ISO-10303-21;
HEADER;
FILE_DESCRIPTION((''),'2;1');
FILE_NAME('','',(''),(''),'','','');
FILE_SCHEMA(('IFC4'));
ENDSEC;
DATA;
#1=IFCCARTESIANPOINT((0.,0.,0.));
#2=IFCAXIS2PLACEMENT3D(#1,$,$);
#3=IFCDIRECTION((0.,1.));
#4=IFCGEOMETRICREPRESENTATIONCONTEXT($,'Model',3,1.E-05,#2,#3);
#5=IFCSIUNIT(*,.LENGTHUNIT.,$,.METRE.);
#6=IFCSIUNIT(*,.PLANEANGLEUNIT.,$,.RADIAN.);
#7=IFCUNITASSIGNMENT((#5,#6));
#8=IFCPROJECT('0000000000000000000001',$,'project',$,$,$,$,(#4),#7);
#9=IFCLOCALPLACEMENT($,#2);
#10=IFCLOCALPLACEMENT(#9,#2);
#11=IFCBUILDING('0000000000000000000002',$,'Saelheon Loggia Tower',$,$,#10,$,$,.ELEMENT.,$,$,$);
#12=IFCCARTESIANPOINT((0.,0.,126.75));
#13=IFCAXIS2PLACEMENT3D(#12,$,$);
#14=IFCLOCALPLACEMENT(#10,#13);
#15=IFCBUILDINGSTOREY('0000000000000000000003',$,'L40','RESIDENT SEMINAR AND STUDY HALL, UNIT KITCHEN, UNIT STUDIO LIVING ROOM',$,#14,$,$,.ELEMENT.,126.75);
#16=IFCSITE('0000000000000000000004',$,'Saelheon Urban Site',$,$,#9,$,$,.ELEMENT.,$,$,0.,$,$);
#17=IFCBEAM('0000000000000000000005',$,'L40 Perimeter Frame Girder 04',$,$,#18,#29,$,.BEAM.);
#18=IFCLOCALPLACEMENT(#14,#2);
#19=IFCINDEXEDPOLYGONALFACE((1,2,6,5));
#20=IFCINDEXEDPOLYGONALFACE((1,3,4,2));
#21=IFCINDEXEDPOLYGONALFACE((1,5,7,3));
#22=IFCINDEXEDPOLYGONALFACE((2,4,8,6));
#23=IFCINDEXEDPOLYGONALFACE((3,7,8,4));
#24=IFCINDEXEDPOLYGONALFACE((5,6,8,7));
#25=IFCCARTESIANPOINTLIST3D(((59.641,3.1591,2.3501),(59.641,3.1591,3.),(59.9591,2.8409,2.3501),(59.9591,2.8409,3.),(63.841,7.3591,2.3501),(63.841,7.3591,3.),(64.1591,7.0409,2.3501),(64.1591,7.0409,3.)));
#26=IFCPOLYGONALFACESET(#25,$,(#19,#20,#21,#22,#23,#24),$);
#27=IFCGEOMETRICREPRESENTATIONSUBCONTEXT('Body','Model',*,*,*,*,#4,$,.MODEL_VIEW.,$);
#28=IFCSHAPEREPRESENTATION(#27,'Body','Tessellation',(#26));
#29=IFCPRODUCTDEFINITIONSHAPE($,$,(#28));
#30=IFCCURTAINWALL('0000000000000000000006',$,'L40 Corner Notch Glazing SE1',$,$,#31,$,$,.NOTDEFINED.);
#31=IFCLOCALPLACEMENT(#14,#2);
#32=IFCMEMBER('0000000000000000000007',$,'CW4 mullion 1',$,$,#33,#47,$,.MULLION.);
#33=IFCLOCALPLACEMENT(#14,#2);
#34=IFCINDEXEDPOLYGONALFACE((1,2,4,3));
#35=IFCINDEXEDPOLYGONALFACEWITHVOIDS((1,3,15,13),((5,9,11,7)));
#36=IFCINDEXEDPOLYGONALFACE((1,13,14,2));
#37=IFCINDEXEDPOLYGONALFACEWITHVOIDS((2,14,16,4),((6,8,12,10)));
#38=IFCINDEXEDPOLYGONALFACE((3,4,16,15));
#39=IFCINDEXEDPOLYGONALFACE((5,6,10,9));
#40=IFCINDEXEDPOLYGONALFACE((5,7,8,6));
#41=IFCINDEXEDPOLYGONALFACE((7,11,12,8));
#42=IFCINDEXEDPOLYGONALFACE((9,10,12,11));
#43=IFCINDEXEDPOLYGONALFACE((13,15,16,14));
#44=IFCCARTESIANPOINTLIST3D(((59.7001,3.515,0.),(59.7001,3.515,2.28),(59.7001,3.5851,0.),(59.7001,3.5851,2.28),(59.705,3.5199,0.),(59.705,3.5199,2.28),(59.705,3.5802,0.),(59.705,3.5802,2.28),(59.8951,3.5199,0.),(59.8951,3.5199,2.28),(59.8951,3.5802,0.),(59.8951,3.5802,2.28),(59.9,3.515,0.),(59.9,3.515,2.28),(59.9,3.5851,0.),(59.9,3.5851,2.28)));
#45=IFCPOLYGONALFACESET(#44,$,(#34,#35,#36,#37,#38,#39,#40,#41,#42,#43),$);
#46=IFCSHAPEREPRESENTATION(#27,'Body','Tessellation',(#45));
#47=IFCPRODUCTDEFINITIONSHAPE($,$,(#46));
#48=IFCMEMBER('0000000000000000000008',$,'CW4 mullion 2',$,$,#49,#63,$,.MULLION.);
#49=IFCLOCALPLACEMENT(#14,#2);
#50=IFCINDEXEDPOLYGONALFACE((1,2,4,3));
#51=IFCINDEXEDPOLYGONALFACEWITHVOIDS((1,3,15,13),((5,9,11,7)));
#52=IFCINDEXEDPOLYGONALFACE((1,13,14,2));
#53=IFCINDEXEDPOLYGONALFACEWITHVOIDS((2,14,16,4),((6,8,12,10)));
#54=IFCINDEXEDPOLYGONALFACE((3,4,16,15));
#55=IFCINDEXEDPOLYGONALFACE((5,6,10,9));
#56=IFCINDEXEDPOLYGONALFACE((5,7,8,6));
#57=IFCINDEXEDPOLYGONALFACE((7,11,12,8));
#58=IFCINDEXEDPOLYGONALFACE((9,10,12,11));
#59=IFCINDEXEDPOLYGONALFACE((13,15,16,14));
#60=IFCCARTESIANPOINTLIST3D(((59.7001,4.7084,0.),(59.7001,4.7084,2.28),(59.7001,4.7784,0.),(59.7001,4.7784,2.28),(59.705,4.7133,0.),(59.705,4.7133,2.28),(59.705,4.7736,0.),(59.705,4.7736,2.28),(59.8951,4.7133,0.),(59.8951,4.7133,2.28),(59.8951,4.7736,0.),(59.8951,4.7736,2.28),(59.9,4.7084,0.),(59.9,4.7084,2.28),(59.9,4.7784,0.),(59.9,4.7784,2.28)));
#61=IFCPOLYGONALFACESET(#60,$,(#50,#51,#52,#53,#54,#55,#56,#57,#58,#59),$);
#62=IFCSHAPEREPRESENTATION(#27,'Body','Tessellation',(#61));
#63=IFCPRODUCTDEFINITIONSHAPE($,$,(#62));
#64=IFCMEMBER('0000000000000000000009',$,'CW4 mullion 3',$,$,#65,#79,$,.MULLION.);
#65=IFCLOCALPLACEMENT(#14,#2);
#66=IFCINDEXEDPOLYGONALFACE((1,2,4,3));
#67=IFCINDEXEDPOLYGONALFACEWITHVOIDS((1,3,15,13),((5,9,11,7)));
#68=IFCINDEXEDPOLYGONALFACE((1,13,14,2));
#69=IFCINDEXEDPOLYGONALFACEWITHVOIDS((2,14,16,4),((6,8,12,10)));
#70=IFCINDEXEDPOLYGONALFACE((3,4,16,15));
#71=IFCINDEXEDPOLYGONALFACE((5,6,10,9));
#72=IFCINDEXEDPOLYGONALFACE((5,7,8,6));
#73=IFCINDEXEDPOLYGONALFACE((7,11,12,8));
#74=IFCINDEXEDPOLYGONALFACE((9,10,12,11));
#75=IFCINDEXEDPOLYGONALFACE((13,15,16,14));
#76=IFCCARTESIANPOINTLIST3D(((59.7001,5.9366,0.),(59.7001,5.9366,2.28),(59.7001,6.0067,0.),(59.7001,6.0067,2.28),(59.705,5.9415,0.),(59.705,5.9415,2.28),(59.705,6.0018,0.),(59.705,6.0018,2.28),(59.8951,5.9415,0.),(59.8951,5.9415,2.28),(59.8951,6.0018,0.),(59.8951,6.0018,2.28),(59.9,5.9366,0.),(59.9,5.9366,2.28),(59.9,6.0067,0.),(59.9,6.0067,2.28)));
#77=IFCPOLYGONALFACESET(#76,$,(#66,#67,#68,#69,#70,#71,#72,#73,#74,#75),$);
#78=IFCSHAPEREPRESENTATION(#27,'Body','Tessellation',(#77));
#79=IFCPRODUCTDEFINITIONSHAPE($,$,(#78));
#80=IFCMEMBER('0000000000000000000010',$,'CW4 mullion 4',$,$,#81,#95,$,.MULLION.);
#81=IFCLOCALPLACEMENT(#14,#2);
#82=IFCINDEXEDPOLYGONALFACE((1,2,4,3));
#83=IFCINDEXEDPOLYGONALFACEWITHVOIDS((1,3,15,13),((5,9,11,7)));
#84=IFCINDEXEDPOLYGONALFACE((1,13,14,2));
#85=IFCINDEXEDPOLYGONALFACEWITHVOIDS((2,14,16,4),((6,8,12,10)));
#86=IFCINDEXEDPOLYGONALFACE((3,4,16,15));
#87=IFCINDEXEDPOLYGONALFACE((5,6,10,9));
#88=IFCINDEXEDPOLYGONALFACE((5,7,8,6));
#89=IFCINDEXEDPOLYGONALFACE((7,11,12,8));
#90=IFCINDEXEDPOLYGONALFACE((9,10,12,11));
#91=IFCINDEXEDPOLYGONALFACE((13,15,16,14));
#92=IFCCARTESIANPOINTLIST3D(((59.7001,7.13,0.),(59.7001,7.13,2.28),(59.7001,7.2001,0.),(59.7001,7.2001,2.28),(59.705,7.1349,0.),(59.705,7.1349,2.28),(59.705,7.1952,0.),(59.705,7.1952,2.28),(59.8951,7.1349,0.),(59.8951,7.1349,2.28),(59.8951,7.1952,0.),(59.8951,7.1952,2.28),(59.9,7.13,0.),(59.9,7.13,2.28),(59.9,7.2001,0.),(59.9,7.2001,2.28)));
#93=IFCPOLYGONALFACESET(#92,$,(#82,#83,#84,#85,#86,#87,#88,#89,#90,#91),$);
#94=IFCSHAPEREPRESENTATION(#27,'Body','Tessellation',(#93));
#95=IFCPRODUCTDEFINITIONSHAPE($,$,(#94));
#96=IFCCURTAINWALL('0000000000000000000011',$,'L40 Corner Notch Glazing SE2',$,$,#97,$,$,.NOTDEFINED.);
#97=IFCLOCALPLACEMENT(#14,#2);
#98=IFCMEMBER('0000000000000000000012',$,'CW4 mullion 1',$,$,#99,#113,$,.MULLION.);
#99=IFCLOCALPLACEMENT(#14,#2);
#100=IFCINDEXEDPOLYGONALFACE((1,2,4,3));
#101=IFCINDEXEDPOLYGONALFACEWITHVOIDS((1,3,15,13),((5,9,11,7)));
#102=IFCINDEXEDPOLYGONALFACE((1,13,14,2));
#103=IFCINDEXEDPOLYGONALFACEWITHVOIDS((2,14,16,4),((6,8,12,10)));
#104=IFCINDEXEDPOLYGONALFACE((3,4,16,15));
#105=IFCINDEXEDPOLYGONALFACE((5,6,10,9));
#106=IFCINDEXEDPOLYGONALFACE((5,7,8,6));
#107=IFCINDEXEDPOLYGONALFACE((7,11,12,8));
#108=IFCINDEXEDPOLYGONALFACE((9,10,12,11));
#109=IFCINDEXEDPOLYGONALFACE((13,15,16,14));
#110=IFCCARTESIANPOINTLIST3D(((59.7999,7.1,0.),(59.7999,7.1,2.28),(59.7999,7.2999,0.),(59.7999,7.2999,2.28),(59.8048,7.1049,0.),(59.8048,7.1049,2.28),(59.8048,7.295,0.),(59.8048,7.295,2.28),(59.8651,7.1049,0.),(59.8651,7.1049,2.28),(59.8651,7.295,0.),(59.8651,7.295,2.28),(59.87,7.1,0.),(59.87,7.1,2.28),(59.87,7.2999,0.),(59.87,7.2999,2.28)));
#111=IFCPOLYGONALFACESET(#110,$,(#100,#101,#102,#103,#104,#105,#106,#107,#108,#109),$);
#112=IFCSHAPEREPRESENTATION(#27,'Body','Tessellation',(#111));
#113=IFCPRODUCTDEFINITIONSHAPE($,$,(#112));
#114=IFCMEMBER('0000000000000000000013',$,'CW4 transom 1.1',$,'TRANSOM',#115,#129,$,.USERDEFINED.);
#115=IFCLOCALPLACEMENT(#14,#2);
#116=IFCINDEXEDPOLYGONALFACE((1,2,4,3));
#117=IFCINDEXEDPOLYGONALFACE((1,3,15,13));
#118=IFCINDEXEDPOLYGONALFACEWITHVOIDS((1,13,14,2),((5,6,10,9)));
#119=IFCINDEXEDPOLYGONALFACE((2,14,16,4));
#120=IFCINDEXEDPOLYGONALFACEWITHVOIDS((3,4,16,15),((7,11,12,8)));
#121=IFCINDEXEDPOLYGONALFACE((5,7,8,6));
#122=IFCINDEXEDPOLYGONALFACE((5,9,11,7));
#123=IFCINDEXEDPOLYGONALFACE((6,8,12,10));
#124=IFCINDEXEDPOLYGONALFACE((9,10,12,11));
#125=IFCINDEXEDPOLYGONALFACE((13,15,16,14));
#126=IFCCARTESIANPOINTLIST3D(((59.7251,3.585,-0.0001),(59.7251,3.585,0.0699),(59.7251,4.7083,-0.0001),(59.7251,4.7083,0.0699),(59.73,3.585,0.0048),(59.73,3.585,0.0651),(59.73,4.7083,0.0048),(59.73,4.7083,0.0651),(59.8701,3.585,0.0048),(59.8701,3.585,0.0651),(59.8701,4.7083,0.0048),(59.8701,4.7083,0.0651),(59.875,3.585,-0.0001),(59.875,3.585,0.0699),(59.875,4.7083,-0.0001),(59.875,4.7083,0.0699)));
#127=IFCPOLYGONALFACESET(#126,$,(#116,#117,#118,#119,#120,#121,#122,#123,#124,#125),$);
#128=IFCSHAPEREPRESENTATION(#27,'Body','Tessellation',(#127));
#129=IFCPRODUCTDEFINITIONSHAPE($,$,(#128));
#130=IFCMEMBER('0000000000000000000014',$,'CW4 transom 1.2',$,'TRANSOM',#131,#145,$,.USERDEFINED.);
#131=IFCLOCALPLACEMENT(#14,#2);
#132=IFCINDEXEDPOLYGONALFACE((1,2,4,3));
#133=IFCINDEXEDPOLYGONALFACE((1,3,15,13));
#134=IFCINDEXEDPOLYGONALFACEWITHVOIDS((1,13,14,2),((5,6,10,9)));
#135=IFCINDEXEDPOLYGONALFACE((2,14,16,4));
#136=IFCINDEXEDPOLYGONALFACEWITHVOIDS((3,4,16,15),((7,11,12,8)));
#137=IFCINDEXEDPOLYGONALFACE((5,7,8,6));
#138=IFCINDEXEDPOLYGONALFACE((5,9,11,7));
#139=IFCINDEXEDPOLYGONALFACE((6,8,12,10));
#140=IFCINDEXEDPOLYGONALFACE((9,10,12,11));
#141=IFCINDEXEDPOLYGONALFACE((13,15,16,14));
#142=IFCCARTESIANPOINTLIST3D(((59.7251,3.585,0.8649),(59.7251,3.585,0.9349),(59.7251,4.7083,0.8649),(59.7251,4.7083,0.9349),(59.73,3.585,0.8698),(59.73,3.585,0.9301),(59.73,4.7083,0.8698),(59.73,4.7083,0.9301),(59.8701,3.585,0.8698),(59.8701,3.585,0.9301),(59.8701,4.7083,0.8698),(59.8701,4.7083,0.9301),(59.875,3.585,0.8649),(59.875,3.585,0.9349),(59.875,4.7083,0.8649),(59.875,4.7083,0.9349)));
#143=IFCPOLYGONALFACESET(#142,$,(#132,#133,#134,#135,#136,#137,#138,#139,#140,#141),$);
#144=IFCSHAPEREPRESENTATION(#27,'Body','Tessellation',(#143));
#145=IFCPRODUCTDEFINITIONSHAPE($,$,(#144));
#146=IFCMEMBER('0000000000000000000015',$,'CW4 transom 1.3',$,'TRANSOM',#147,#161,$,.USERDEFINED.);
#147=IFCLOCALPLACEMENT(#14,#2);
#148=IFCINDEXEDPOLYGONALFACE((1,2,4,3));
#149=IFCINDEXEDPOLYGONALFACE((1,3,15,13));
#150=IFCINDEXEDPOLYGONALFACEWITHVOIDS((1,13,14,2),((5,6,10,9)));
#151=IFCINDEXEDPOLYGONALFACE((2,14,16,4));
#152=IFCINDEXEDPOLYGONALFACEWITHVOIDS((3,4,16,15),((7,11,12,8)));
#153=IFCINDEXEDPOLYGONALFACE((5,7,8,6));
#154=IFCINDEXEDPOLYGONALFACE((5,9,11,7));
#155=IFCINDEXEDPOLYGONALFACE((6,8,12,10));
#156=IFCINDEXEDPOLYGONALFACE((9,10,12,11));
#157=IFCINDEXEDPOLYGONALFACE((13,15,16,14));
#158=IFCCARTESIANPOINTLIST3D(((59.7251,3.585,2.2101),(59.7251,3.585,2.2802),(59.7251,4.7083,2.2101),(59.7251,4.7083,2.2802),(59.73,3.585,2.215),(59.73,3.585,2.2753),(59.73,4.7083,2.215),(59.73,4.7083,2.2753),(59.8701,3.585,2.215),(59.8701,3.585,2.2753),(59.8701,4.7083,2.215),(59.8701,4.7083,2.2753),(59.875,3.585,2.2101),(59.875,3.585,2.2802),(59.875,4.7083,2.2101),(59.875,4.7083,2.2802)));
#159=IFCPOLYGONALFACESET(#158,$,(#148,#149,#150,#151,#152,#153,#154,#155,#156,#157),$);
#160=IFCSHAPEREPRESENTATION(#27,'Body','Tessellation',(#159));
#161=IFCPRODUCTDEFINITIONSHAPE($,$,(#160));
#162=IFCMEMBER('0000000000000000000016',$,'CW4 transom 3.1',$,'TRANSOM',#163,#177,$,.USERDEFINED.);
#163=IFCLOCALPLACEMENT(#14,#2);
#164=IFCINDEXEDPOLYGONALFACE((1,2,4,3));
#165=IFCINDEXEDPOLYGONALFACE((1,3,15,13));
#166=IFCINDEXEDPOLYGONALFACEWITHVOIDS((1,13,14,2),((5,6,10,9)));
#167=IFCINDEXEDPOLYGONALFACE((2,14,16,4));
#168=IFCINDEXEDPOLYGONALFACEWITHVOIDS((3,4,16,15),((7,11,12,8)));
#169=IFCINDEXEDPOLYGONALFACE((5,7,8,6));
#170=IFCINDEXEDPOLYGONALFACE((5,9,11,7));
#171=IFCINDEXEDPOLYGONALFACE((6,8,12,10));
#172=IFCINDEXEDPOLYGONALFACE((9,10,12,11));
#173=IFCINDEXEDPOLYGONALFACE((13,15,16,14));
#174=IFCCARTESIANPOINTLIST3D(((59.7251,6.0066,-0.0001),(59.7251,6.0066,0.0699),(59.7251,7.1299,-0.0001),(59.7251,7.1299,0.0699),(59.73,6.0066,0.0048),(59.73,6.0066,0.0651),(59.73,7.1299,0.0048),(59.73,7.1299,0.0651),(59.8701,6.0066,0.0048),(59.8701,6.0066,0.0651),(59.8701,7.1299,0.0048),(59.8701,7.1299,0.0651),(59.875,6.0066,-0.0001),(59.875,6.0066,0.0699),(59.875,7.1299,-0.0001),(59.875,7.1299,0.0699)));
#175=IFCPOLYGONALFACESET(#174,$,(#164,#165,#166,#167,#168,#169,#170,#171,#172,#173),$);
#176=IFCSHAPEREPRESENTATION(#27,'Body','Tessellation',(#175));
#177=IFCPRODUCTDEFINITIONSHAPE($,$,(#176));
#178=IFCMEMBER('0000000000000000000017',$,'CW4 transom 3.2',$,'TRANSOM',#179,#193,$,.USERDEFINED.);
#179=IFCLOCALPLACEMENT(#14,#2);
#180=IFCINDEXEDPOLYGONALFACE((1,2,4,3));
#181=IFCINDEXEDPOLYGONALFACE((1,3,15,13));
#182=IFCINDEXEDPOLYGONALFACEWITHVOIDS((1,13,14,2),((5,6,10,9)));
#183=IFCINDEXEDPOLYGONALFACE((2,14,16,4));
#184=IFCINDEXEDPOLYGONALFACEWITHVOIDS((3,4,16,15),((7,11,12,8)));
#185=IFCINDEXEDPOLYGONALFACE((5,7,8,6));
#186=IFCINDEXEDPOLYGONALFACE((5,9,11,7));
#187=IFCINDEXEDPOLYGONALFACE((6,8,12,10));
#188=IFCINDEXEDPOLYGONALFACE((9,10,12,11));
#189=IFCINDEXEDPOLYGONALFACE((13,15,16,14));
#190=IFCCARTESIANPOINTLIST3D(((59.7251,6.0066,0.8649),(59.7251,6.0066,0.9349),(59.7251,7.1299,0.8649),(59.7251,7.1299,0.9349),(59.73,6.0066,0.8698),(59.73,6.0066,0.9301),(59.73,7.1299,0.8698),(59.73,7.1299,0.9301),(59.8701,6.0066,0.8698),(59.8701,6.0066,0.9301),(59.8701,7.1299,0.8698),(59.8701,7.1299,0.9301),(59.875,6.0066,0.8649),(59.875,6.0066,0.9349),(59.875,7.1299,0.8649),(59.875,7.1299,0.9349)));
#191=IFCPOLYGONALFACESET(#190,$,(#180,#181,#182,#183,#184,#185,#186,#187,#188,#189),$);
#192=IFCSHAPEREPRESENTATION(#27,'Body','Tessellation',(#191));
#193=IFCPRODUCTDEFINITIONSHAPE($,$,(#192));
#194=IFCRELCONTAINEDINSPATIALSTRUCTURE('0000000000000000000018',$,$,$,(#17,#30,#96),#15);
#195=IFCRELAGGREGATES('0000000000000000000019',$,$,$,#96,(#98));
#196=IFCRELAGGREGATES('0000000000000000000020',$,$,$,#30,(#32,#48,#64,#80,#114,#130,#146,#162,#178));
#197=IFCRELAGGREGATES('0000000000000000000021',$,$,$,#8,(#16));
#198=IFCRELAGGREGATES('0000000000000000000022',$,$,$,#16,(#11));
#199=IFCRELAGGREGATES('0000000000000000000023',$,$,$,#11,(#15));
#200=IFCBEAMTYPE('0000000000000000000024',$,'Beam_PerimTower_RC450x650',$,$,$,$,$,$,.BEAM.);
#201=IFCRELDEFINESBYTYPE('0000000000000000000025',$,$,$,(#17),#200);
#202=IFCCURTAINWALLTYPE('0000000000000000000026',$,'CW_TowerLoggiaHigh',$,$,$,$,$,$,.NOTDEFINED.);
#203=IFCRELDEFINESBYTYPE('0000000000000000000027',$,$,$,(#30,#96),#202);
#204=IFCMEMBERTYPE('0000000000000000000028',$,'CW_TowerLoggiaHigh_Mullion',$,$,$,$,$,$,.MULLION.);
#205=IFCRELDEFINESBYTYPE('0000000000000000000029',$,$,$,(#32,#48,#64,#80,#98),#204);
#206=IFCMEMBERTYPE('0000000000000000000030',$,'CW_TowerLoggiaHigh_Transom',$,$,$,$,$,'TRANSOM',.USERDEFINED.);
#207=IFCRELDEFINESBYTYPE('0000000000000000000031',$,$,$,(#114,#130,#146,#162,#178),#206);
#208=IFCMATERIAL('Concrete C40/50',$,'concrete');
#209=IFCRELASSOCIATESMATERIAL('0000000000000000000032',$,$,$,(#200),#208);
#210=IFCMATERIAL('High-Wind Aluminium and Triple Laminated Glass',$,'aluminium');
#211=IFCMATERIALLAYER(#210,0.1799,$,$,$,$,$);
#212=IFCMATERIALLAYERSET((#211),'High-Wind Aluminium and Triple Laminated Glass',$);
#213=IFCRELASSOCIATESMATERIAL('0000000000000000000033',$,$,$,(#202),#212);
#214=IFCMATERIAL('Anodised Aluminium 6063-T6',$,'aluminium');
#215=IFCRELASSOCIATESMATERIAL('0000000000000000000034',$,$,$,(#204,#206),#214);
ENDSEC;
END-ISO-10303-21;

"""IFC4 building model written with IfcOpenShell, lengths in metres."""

from ifc_helpers import new_model, si_unit, direction, frame, origin, origin_2d, place, context, subcontext, project, spatial, rectangle, hollow_rectangle, extrude, source, transform, mapped, material, layer, layer_set, material_profile, profile_set, type_object, element, aggregate, save


model = new_model("IFC4")

# Units and contexts
model_context = context("Model", 3, precision=1e-05, world=origin(), true_north=direction((0.0, 1.0)))
body_context = subcontext(model_context, "Body", "Model", "MODEL_VIEW")
ifc_project = project(units=[si_unit("LENGTHUNIT", "METRE"), si_unit("PLANEANGLEUNIT", "RADIAN")], contexts=[model_context])

# Site, building, storey
site_placement = place(None, origin())
site = spatial("IfcSite", under=ifc_project, at=site_placement, Name="Saelheon Urban Site", CompositionType="ELEMENT", RefElevation=0.0)
building_placement = place(site_placement, origin())
building = spatial("IfcBuilding", under=site, at=building_placement, Name="Saelheon Loggia Tower", CompositionType="ELEMENT")
storey_placement = place(building_placement, frame((0.0, 0.0, 126.75)))
storey = spatial("IfcBuildingStorey", under=building, at=storey_placement, Name="L40", Description="RESIDENT SEMINAR AND STUDY HALL, UNIT KITCHEN, UNIT STUDIO LIVING ROOM", CompositionType="ELEMENT", Elevation=126.75)

# Beam
ifc_material_1 = material(Name="Concrete C40/50", Category="concrete")
ifc_material_profile_1 = material_profile(ifc_material_1, rectangle(XDim=0.45, YDim=0.6499, at=origin_2d()), Name="RC-450x650")
ifc_profile_set_1 = profile_set([ifc_material_profile_1], Name="Concrete C40/50")
beam_type = type_object("IfcBeamType", Name="Beam_PerimTower_RC450x650", PredefinedType="BEAM", material=ifc_profile_set_1)
shared_shape_1 = source(origin(), body_context, "Body", "SweptSolid", [
    extrude(rectangle(XDim=0.45, YDim=0.6499, at=origin_2d()), origin(), (0.0, 0.0, 1.0), 5.9397),
])
beam_placement = place(storey_placement, frame((59.8, 3.0, 2.675), z_axis=(0.707107, 0.707107, 0.0), x_axis=(-0.707107, 0.707107, 0.0)))
element("IfcBeam", 1, at=beam_placement, inside=storey, type_object=beam_type, Name="L40 Perimeter Frame Girder 04", PredefinedType="BEAM", context=body_context, shape_type="MappedRepresentation", body=[
    mapped(shared_shape_1, transform((0.0, 0.0, 0.0), scale=1.0)),
])

# Curtain wall, members
ifc_material_2 = material(Name="High-Wind Aluminium and Triple Laminated Glass", Category="aluminium")
ifc_layer_1 = layer(ifc_material_2, 0.1799)
ifc_layer_set_1 = layer_set([ifc_layer_1], Name="High-Wind Aluminium and Triple Laminated Glass")
curtain_wall_type = type_object("IfcCurtainWallType", Name="CW_TowerLoggiaHigh", PredefinedType="NOTDEFINED", material=ifc_layer_set_1)
curtain_wall_1_placement = place(storey_placement, origin())
curtain_wall_1 = element("IfcCurtainWall", 2, at=curtain_wall_1_placement, inside=storey, type_object=curtain_wall_type, Name="L40 Corner Notch Glazing SE1", PredefinedType="NOTDEFINED")
ifc_material_3 = material(Name="Anodised Aluminium 6063-T6", Category="aluminium")
ifc_material_profile_2 = material_profile(ifc_material_3, hollow_rectangle(XDim=0.0701, YDim=0.2, WallThickness=0.0049, at=origin_2d()), Name="RHS-200x70x5")
ifc_profile_set_2 = profile_set([ifc_material_profile_2], Name="Anodised Aluminium 6063-T6")
member_type_1 = type_object("IfcMemberType", Name="CW_TowerLoggiaHigh_Mullion", PredefinedType="MULLION", material=ifc_profile_set_2)
shared_shape_2 = source(origin(), body_context, "Body", "SweptSolid", [
    extrude(hollow_rectangle(XDim=0.0701, YDim=0.2, WallThickness=0.0049, at=origin_2d()), origin(), (0.0, 0.0, 1.0), 2.28),
])
member_1_placement = place(storey_placement, frame((59.8, 3.55, 0.0), z_axis=(0.0, 0.0, 1.0), x_axis=(0.0, 1.0, 0.0)))
member_1 = element("IfcMember", 3, at=member_1_placement, type_object=member_type_1, Name="CW4 mullion 1", PredefinedType="MULLION", context=body_context, shape_type="MappedRepresentation", body=[
    mapped(shared_shape_2, transform((0.0, 0.0, 0.0), scale=1.0)),
])
member_2_placement = place(storey_placement, frame((59.8, 4.7434, 0.0), z_axis=(0.0, 0.0, 1.0), x_axis=(0.0, 1.0, 0.0)))
member_2 = element("IfcMember", 4, at=member_2_placement, type_object=member_type_1, Name="CW4 mullion 2", PredefinedType="MULLION", context=body_context, shape_type="MappedRepresentation", body=[
    mapped(shared_shape_2, transform((0.0, 0.0, 0.0), scale=1.0)),
])
member_3_placement = place(storey_placement, frame((59.8, 5.9717, 0.0), z_axis=(0.0, 0.0, 1.0), x_axis=(0.0, 1.0, 0.0)))
member_3 = element("IfcMember", 5, at=member_3_placement, type_object=member_type_1, Name="CW4 mullion 3", PredefinedType="MULLION", context=body_context, shape_type="MappedRepresentation", body=[
    mapped(shared_shape_2, transform((0.0, 0.0, 0.0), scale=1.0)),
])
member_4_placement = place(storey_placement, frame((59.8, 7.165, 0.0), z_axis=(0.0, 0.0, 1.0), x_axis=(0.0, 1.0, 0.0)))
member_4 = element("IfcMember", 6, at=member_4_placement, type_object=member_type_1, Name="CW4 mullion 4", PredefinedType="MULLION", context=body_context, shape_type="MappedRepresentation", body=[
    mapped(shared_shape_2, transform((0.0, 0.0, 0.0), scale=1.0)),
])

# Curtain wall, member
curtain_wall_2_placement = place(storey_placement, origin())
curtain_wall_2 = element("IfcCurtainWall", 7, at=curtain_wall_2_placement, inside=storey, type_object=curtain_wall_type, Name="L40 Corner Notch Glazing SE2", PredefinedType="NOTDEFINED")
member_5_placement = place(storey_placement, frame((59.835, 7.2, 0.0), z_axis=(0.0, 0.0, 1.0), x_axis=(1.0, 0.0, 0.0)))
member_5 = element("IfcMember", 8, at=member_5_placement, type_object=member_type_1, Name="CW4 mullion 1", PredefinedType="MULLION", context=body_context, shape_type="MappedRepresentation", body=[
    mapped(shared_shape_2, transform((0.0, 0.0, 0.0), scale=1.0)),
])

# Members
ifc_material_profile_3 = material_profile(ifc_material_3, hollow_rectangle(XDim=0.0701, YDim=0.1499, WallThickness=0.0049, at=origin_2d()), Name="RHS-150x70x5")
ifc_profile_set_3 = profile_set([ifc_material_profile_3], Name="Anodised Aluminium 6063-T6")
member_type_2 = type_object("IfcMemberType", Name="CW_TowerLoggiaHigh_Transom", ElementType="TRANSOM", PredefinedType="USERDEFINED", material=ifc_profile_set_3)
shared_shape_3 = source(origin(), body_context, "Body", "SweptSolid", [
    extrude(hollow_rectangle(XDim=0.0701, YDim=0.1499, WallThickness=0.0049, at=origin_2d()), origin(), (0.0, 0.0, 1.0), 1.1233),
])
member_6_placement = place(storey_placement, frame((59.8, 3.585, 0.0349), z_axis=(0.0, 1.0, 0.0), x_axis=(0.0, 0.0, 1.0)))
member_6 = element("IfcMember", 9, at=member_6_placement, type_object=member_type_2, Name="CW4 transom 1.1", ObjectType="TRANSOM", PredefinedType="USERDEFINED", context=body_context, shape_type="MappedRepresentation", body=[
    mapped(shared_shape_3, transform((0.0, 0.0, 0.0), scale=1.0)),
])
member_7_placement = place(storey_placement, frame((59.8, 3.585, 0.8999), z_axis=(0.0, 1.0, 0.0), x_axis=(0.0, 0.0, 1.0)))
member_7 = element("IfcMember", 10, at=member_7_placement, type_object=member_type_2, Name="CW4 transom 1.2", ObjectType="TRANSOM", PredefinedType="USERDEFINED", context=body_context, shape_type="MappedRepresentation", body=[
    mapped(shared_shape_3, transform((0.0, 0.0, 0.0), scale=1.0)),
])
member_8_placement = place(storey_placement, frame((59.8, 3.585, 2.2451), z_axis=(0.0, 1.0, 0.0), x_axis=(0.0, 0.0, 1.0)))
member_8 = element("IfcMember", 11, at=member_8_placement, type_object=member_type_2, Name="CW4 transom 1.3", ObjectType="TRANSOM", PredefinedType="USERDEFINED", context=body_context, shape_type="MappedRepresentation", body=[
    mapped(shared_shape_3, transform((0.0, 0.0, 0.0), scale=1.0)),
])
member_9_placement = place(storey_placement, frame((59.8, 6.0066, 0.0349), z_axis=(0.0, 1.0, 0.0), x_axis=(0.0, 0.0, 1.0)))
member_9 = element("IfcMember", 12, at=member_9_placement, type_object=member_type_2, Name="CW4 transom 3.1", ObjectType="TRANSOM", PredefinedType="USERDEFINED", context=body_context, shape_type="MappedRepresentation", body=[
    mapped(shared_shape_3, transform((0.0, 0.0, 0.0), scale=1.0)),
])
member_10_placement = place(storey_placement, frame((59.8, 6.0066, 0.8999), z_axis=(0.0, 1.0, 0.0), x_axis=(0.0, 0.0, 1.0)))
member_10 = element("IfcMember", 13, at=member_10_placement, type_object=member_type_2, Name="CW4 transom 3.2", ObjectType="TRANSOM", PredefinedType="USERDEFINED", context=body_context, shape_type="MappedRepresentation", body=[
    mapped(shared_shape_3, transform((0.0, 0.0, 0.0), scale=1.0)),
])
aggregate(curtain_wall_2, [member_5])

aggregate(curtain_wall_1, [member_1, member_2, member_3, member_4, member_6, member_7, member_8, member_9, member_10])

save(model, "model.ifc")
